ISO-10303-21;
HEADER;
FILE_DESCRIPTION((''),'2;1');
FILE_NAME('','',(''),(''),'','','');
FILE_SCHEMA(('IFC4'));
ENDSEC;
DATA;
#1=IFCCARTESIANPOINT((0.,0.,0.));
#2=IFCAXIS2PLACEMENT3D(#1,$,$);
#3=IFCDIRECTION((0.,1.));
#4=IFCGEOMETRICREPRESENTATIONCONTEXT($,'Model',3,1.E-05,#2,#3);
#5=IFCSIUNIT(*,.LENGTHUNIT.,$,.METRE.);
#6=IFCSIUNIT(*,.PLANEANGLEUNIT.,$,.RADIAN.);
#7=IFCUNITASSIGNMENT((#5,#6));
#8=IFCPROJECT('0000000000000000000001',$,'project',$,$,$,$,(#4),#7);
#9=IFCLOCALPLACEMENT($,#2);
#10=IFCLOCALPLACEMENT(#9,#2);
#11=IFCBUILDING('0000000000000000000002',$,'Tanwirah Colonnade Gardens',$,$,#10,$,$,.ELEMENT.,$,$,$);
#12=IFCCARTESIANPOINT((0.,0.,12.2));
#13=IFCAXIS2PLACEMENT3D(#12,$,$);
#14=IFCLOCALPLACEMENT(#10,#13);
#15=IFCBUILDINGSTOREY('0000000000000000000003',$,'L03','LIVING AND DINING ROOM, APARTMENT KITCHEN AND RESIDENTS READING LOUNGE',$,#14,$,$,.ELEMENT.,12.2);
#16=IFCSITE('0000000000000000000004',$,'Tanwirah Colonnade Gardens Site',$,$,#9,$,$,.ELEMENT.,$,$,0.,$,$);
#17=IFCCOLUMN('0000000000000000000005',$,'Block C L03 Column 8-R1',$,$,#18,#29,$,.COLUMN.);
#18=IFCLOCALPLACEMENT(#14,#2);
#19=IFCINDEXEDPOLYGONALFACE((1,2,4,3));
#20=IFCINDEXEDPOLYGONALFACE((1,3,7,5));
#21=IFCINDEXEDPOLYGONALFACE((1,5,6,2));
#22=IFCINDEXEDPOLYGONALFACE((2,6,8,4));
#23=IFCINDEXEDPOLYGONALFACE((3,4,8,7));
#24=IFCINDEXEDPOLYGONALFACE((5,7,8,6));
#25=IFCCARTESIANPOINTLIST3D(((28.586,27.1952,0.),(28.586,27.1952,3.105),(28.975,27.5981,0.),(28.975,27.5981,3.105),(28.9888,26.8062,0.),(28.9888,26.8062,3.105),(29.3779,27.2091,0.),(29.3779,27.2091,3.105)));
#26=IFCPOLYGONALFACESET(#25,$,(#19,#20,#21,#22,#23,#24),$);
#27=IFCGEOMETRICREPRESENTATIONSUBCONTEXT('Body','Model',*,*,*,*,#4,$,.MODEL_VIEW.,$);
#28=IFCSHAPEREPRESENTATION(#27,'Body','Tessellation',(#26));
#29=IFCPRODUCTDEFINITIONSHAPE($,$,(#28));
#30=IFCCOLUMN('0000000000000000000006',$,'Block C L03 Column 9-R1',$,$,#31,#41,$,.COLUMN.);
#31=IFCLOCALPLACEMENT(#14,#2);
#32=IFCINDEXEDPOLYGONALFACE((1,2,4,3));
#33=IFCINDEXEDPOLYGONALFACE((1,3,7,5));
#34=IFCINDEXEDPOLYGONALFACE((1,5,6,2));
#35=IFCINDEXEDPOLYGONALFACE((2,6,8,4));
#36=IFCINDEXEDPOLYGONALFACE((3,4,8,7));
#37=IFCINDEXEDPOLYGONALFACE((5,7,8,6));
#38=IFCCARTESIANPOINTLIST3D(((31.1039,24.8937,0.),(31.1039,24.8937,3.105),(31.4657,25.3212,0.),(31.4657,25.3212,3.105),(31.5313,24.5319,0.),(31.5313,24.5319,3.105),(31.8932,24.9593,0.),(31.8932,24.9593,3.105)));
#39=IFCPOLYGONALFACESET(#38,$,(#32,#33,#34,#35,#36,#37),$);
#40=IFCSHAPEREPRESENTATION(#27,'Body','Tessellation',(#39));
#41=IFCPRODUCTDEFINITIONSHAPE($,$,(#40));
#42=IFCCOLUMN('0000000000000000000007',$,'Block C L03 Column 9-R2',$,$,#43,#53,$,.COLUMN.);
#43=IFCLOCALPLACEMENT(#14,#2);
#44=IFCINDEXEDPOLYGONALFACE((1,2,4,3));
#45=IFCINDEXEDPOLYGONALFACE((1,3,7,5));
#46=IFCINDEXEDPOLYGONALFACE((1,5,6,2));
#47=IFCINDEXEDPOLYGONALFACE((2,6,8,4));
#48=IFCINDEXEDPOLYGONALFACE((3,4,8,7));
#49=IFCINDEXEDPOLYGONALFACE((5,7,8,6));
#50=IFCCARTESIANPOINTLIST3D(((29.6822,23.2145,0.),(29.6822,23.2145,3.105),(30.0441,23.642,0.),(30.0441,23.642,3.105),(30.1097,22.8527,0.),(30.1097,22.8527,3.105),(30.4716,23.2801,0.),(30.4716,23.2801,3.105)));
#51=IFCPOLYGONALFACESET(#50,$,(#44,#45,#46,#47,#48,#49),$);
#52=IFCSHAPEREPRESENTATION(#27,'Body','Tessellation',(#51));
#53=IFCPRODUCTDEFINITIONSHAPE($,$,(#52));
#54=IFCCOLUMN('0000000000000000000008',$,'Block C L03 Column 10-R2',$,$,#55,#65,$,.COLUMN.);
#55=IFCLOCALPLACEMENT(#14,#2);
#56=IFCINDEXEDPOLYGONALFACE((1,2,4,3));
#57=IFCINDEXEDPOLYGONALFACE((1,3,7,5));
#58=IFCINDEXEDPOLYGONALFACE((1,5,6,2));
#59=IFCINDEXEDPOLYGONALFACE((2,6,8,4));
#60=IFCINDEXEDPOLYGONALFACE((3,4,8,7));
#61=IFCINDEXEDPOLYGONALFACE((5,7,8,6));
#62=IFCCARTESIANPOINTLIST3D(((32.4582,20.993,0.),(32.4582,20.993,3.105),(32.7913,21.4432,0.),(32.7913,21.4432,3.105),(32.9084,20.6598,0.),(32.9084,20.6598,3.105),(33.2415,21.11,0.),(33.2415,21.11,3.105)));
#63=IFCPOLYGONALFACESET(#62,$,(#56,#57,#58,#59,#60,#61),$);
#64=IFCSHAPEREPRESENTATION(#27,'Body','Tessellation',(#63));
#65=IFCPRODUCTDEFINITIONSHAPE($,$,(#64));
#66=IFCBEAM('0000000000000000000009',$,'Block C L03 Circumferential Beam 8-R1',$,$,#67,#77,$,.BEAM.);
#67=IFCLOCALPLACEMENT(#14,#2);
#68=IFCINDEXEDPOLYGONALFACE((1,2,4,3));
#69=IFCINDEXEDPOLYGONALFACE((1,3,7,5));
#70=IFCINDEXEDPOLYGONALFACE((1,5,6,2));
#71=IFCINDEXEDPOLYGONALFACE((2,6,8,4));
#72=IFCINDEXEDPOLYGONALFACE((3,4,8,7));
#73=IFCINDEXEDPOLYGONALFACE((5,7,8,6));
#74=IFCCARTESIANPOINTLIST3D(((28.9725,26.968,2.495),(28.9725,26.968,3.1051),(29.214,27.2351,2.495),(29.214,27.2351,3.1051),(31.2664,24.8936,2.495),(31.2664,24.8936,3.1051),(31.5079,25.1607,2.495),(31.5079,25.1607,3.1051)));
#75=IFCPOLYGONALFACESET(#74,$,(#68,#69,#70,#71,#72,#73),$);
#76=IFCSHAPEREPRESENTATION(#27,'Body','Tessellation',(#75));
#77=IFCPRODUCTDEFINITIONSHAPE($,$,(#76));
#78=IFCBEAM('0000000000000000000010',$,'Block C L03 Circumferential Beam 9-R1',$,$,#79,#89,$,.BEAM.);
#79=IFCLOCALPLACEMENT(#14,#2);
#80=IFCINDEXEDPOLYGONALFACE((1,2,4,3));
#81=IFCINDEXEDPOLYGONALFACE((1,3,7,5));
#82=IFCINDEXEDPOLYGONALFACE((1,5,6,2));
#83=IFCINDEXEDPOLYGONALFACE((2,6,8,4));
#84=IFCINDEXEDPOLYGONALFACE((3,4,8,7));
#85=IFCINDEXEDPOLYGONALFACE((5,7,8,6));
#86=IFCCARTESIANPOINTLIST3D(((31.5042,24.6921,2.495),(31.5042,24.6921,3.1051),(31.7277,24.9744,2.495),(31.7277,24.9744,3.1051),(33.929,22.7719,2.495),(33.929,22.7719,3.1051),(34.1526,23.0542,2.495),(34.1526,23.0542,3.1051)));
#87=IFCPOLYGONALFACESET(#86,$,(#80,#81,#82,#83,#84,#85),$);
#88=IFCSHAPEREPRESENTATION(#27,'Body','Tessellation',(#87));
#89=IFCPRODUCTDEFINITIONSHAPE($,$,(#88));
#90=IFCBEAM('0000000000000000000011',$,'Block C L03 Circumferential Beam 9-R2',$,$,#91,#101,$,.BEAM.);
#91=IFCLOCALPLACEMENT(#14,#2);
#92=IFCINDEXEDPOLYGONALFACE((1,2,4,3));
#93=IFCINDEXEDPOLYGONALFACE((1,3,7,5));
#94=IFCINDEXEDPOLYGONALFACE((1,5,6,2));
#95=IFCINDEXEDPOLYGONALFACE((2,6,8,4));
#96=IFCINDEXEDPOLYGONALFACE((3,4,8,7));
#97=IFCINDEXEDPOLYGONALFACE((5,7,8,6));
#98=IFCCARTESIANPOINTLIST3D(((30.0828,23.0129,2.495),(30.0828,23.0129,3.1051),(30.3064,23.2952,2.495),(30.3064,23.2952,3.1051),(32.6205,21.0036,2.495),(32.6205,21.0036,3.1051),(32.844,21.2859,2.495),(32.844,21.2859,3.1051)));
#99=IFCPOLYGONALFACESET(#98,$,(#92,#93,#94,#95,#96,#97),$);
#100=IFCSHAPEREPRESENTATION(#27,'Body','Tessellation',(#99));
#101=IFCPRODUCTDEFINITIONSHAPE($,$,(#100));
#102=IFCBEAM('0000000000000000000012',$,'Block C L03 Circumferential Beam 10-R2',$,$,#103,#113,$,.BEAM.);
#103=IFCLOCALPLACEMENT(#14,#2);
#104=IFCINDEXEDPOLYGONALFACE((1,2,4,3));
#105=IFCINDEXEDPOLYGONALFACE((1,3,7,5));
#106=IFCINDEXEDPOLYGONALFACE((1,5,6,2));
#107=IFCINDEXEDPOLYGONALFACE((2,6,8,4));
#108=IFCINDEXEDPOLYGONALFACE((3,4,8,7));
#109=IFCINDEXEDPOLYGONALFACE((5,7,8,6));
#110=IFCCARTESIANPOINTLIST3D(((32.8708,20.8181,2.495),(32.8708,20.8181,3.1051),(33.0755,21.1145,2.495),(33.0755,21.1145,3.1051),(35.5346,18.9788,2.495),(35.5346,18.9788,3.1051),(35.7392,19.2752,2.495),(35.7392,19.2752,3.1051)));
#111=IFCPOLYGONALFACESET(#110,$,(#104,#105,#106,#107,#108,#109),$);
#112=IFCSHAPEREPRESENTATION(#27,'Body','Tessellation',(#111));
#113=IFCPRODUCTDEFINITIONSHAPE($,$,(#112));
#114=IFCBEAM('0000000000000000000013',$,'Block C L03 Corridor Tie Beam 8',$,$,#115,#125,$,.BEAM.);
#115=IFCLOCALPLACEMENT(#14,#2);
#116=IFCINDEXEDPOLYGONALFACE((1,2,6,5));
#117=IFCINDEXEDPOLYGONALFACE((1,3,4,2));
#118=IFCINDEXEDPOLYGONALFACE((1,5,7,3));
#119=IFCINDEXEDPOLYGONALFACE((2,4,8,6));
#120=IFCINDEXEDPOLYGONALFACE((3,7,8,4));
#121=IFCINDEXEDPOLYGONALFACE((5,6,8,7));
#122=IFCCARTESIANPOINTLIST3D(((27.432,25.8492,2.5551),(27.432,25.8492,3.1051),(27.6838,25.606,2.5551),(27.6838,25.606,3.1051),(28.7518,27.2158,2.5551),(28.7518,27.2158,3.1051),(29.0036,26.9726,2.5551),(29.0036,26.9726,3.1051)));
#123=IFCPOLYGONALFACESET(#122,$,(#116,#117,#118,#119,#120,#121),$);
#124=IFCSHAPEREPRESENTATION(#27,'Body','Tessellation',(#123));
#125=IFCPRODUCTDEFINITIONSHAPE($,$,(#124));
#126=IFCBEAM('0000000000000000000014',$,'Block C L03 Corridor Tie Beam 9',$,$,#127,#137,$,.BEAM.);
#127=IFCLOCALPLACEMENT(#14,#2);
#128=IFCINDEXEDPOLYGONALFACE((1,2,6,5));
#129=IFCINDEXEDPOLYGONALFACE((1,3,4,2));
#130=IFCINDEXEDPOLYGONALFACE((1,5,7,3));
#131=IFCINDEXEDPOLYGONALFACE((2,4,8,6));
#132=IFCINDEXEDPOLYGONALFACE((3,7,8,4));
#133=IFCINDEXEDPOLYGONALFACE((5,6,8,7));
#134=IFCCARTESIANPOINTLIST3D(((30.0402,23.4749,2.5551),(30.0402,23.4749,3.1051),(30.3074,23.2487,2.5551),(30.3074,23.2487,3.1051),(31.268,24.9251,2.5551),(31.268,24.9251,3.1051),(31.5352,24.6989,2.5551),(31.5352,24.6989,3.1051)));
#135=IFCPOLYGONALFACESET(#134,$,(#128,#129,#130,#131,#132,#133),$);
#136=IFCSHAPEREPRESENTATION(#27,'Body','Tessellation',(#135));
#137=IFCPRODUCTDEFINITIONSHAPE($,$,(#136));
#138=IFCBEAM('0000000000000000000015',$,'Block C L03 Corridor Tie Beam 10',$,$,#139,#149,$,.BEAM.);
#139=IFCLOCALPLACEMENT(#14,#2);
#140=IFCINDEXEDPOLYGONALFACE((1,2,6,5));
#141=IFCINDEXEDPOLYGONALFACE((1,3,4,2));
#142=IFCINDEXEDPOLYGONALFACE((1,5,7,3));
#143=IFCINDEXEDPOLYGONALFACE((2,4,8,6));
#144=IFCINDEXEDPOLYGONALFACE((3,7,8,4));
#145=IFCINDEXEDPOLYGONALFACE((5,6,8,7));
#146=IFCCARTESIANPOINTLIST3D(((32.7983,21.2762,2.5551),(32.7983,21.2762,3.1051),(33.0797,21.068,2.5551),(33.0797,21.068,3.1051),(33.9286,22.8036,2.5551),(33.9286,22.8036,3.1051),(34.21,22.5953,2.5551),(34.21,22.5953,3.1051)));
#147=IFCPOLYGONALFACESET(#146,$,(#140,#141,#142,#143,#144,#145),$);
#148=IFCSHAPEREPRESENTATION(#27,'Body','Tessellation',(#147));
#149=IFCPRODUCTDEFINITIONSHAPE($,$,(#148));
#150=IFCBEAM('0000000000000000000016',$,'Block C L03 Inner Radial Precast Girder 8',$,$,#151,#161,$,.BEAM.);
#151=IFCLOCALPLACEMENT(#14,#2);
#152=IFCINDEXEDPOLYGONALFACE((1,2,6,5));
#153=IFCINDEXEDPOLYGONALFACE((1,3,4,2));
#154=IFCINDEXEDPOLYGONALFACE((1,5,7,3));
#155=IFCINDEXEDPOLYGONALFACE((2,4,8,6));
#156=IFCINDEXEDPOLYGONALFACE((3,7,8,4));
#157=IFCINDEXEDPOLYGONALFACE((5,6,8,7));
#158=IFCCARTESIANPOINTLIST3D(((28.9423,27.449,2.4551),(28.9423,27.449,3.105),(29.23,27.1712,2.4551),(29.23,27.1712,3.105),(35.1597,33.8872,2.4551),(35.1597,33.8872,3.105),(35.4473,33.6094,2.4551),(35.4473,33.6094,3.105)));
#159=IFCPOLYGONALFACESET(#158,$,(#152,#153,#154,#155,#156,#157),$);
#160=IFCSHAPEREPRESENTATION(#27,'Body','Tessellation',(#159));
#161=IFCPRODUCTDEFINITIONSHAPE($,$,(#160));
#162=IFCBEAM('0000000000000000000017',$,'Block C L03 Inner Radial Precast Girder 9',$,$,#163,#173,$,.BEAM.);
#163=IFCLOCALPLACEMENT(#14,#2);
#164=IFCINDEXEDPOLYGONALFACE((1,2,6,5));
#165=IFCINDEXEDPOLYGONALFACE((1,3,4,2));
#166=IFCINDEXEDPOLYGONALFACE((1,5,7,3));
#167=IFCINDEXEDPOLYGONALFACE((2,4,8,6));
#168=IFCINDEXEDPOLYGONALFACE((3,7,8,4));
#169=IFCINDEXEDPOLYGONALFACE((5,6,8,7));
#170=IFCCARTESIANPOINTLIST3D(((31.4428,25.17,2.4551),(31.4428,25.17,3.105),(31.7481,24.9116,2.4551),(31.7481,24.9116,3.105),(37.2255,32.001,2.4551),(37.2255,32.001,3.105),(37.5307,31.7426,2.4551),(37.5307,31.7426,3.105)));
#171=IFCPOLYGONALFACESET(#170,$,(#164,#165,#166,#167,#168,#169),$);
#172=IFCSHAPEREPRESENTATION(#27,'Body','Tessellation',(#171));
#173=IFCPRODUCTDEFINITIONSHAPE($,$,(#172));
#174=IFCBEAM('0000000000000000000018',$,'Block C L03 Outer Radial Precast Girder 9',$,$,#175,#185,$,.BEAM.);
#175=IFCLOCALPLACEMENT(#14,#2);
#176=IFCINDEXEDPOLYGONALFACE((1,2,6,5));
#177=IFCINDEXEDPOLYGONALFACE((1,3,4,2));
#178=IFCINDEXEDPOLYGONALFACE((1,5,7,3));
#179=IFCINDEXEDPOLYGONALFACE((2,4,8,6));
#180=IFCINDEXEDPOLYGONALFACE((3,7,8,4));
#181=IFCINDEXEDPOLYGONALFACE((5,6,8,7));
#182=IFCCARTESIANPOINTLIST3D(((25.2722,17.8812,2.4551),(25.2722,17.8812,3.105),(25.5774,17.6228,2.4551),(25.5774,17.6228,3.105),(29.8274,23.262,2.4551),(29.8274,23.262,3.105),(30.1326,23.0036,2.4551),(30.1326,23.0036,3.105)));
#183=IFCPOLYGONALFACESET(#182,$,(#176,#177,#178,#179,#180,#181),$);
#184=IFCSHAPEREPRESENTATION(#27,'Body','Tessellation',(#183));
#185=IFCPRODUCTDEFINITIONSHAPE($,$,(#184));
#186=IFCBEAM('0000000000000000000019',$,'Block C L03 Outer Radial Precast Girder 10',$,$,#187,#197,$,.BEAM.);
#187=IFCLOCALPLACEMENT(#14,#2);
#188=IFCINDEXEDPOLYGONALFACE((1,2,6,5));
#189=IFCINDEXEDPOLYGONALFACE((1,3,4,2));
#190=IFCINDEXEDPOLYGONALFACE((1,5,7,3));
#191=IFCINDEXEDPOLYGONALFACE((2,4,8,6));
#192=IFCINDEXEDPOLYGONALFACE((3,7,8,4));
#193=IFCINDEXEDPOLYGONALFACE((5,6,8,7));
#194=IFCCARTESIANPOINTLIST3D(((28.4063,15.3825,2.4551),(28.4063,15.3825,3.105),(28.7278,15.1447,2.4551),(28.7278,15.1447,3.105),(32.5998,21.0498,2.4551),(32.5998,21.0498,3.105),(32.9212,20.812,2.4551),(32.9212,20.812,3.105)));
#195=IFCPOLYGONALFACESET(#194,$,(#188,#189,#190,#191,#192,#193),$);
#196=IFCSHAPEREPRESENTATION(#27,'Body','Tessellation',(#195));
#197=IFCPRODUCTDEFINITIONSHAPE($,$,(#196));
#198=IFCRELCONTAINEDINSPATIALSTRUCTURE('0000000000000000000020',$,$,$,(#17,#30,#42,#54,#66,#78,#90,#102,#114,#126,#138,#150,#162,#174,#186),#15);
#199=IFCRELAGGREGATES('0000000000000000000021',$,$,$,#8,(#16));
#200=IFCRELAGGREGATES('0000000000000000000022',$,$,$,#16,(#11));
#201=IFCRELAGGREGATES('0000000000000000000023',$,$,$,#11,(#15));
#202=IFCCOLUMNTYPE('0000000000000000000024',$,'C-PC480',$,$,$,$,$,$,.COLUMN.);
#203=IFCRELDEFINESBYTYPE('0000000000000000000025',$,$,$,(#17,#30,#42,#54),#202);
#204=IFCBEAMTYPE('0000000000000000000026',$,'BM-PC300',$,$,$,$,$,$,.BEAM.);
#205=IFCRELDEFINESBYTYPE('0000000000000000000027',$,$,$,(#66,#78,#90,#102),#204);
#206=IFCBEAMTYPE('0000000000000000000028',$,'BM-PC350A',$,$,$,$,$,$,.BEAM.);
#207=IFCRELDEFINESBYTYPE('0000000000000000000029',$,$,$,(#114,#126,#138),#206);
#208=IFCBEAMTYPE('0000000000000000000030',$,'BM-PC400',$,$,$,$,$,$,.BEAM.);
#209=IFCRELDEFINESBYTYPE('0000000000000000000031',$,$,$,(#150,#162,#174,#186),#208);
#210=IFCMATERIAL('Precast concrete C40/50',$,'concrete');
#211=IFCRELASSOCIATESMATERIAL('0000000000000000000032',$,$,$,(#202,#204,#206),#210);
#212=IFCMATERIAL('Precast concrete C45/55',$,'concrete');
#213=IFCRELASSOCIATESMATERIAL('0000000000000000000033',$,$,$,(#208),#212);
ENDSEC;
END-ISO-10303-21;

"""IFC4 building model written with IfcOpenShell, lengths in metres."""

from ifc_helpers import new_model, si_unit, direction, frame, origin, origin_2d, place, context, subcontext, project, spatial, rectangle, extrude, material, material_profile, profile_set, type_object, element, save


model = new_model("IFC4")

# Units and contexts
model_context = context("Model", 3, precision=1e-05, world=origin(), true_north=direction((0.0, 1.0)))
body_context = subcontext(model_context, "Body", "Model", "MODEL_VIEW")
ifc_project = project(units=[si_unit("LENGTHUNIT", "METRE"), si_unit("PLANEANGLEUNIT", "RADIAN")], contexts=[model_context])

# Site, building, storey
site_placement = place(None, origin())
site = spatial("IfcSite", under=ifc_project, at=site_placement, Name="Tanwirah Colonnade Gardens Site", CompositionType="ELEMENT", RefElevation=0.0)
building_placement = place(site_placement, origin())
building = spatial("IfcBuilding", under=site, at=building_placement, Name="Tanwirah Colonnade Gardens", CompositionType="ELEMENT")
storey_placement = place(building_placement, frame((0.0, 0.0, 12.2)))
storey = spatial("IfcBuildingStorey", under=building, at=storey_placement, Name="L03", Description="LIVING AND DINING ROOM, APARTMENT KITCHEN AND RESIDENTS READING LOUNGE", CompositionType="ELEMENT", Elevation=12.2)

# Columns
ifc_material_1 = material(Name="Precast concrete C40/50", Category="concrete")
ifc_material_profile_1 = material_profile(ifc_material_1, rectangle(XDim=0.5601, YDim=0.5601, at=origin_2d()), Name="PC-COL 560x560")
ifc_profile_set_1 = profile_set([ifc_material_profile_1], Name="Precast concrete C40/50")
column_type = type_object("IfcColumnType", Name="C-PC480", PredefinedType="COLUMN", material=ifc_profile_set_1)
for number, where, z_axis, x_axis, name in (
    (1, (28.9819, 27.2021, 0.0), (0.0, 0.0, 1.0), (-0.694658, -0.71934, 0.0), "Block C L03 Column 8-R1"),
    (2, (31.4985, 24.9265, 0.0), (0.0, 0.0, 1.0), (-0.646124, -0.763232, 0.0), "Block C L03 Column 9-R1"),
    (3, (30.0769, 23.2473, 0.0), (0.0, 0.0, 1.0), (-0.646124, -0.763232, 0.0), "Block C L03 Column 9-R2"),
    (4, (32.8499, 21.0515, 0.0), (0.0, 0.0, 1.0), (-0.594823, -0.803857, 0.0), "Block C L03 Column 10-R2"),
):
    element("IfcColumn", number, at=place(storey_placement, frame(where, z_axis=z_axis, x_axis=x_axis)), inside=storey, type_object=column_type, Name=name, PredefinedType="COLUMN", context=body_context, shape_type="SweptSolid", body=[
        extrude(rectangle(XDim=0.5601, YDim=0.5601, at=origin_2d()), origin(), (0.0, 0.0, 1.0), 3.105),
    ])

# Beams
ifc_material_profile_2 = material_profile(ifc_material_1, rectangle(XDim=0.3601, YDim=0.6101, at=origin_2d()), Name="PC-BM 360x610")
ifc_profile_set_2 = profile_set([ifc_material_profile_2], Name="Precast concrete C40/50")
beam_type_1 = type_object("IfcBeamType", Name="BM-PC300", PredefinedType="BEAM", material=ifc_profile_set_2)
beam_1_placement = place(storey_placement, frame((29.0933, 27.1016, 2.8), z_axis=(0.741698, -0.670733, 0.0), x_axis=(0.670733, 0.741698, 0.0)))
element("IfcBeam", 5, at=beam_1_placement, inside=storey, type_object=beam_type_1, Name="Block C L03 Circumferential Beam 8-R1", PredefinedType="BEAM", context=body_context, shape_type="SweptSolid", body=[
    extrude(rectangle(XDim=0.3601, YDim=0.6101, at=origin_2d()), origin(), (0.0, 0.0, 1.0), 3.0928),
])
beam_2_placement = place(storey_placement, frame((31.616, 24.8333, 2.8), z_axis=(0.783963, -0.620808, 0.0), x_axis=(0.620808, 0.783963, 0.0)))
element("IfcBeam", 6, at=beam_2_placement, inside=storey, type_object=beam_type_1, Name="Block C L03 Circumferential Beam 9-R1", PredefinedType="BEAM", context=body_context, shape_type="SweptSolid", body=[
    extrude(rectangle(XDim=0.3601, YDim=0.6101, at=origin_2d()), origin(), (0.0, 0.0, 1.0), 3.093),
])
beam_3_placement = place(storey_placement, frame((30.1946, 23.1541, 2.8), z_axis=(0.783994, -0.620769, 0.0), x_axis=(0.620769, 0.783994, 0.0)))
element("IfcBeam", 7, at=beam_3_placement, inside=storey, type_object=beam_type_1, Name="Block C L03 Circumferential Beam 9-R2", PredefinedType="BEAM", context=body_context, shape_type="SweptSolid", body=[
    extrude(rectangle(XDim=0.3601, YDim=0.6101, at=origin_2d()), origin(), (0.0, 0.0, 1.0), 3.2368),
])
beam_4_placement = place(storey_placement, frame((32.9731, 20.9663, 2.8), z_axis=(0.822889, -0.568202, 0.0), x_axis=(0.568202, 0.822889, 0.0)))
element("IfcBeam", 8, at=beam_4_placement, inside=storey, type_object=beam_type_1, Name="Block C L03 Circumferential Beam 10-R2", PredefinedType="BEAM", context=body_context, shape_type="SweptSolid", body=[
    extrude(rectangle(XDim=0.3601, YDim=0.6101, at=origin_2d()), origin(), (0.0, 0.0, 1.0), 3.2371),
])
ifc_material_profile_3 = material_profile(ifc_material_1, rectangle(XDim=0.3501, YDim=0.55, at=origin_2d()), Name="PC-BM 350x550")
ifc_profile_set_3 = profile_set([ifc_material_profile_3], Name="Precast concrete C40/50")
beam_type_2 = type_object("IfcBeamType", Name="BM-PC350A", PredefinedType="BEAM", material=ifc_profile_set_3)
beam_5_placement = place(storey_placement, frame((28.8777, 27.0942, 2.8301), z_axis=(-0.694663, -0.719335, 0.0), x_axis=(0.719335, -0.694663, 0.0)))
element("IfcBeam", 9, at=beam_5_placement, inside=storey, type_object=beam_type_2, Name="Block C L03 Corridor Tie Beam 8", PredefinedType="BEAM", context=body_context, shape_type="SweptSolid", body=[
    extrude(rectangle(XDim=0.3501, YDim=0.55, at=origin_2d()), origin(), (0.0, 0.0, 1.0), 1.8999),
])
for number, where, z_axis, x_axis, name in (
    (10, (31.4016, 24.812, 2.8301), (-0.646155, -0.763206, 0.0), (0.763206, -0.646155, 0.0), "Block C L03 Corridor Tie Beam 9"),
    (11, (34.0693, 22.6995, 2.8301), (-0.594889, -0.803807, 0.0), (0.803807, -0.594889, 0.0), "Block C L03 Corridor Tie Beam 10"),
):
    element("IfcBeam", number, at=place(storey_placement, frame(where, z_axis=z_axis, x_axis=x_axis)), inside=storey, type_object=beam_type_2, Name=name, PredefinedType="BEAM", context=body_context, shape_type="SweptSolid", body=[
        extrude(rectangle(XDim=0.3501, YDim=0.55, at=origin_2d()), origin(), (0.0, 0.0, 1.0), 1.9001),
    ])
ifc_material_2 = material(Name="Precast concrete C45/55", Category="concrete")
ifc_material_profile_4 = material_profile(ifc_material_2, rectangle(XDim=0.3999, YDim=0.6499, at=origin_2d()), Name="PC-BM 400x650")
ifc_profile_set_4 = profile_set([ifc_material_profile_4], Name="Precast concrete C45/55")
beam_type_3 = type_object("IfcBeamType", Name="BM-PC400", PredefinedType="BEAM", material=ifc_profile_set_4)
beam_6_placement = place(storey_placement, frame((29.0862, 27.3101, 2.78), z_axis=(0.694656, 0.719342, 0.0), x_axis=(-0.719342, 0.694656, 0.0)))
element("IfcBeam", 12, at=beam_6_placement, inside=storey, type_object=beam_type_3, Name="Block C L03 Inner Radial Precast Girder 8", PredefinedType="BEAM", context=body_context, shape_type="SweptSolid", body=[
    extrude(rectangle(XDim=0.3999, YDim=0.6499, at=origin_2d()), origin(), (0.0, 0.0, 1.0), 8.9502),
])
beam_7_placement = place(storey_placement, frame((31.5955, 25.0408, 2.78), z_axis=(0.646111, 0.763243, 0.0), x_axis=(-0.763243, 0.646111, 0.0)))
element("IfcBeam", 13, at=beam_7_placement, inside=storey, type_object=beam_type_3, Name="Block C L03 Inner Radial Precast Girder 9", PredefinedType="BEAM", context=body_context, shape_type="SweptSolid", body=[
    extrude(rectangle(XDim=0.3999, YDim=0.6499, at=origin_2d()), origin(), (0.0, 0.0, 1.0), 8.95),
])
for number, where, z_axis, x_axis, name in (
    (14, (29.98, 23.1328, 2.78), (-0.646119, -0.763237, 0.0), (0.763237, -0.646119, 0.0), "Block C L03 Outer Radial Precast Girder 9"),
    (15, (32.7605, 20.9309, 2.78), (-0.594807, -0.803869, 0.0), (0.803869, -0.594807, 0.0), "Block C L03 Outer Radial Precast Girder 10"),
):
    element("IfcBeam", number, at=place(storey_placement, frame(where, z_axis=z_axis, x_axis=x_axis)), inside=storey, type_object=beam_type_3, Name=name, PredefinedType="BEAM", context=body_context, shape_type="SweptSolid", body=[
        extrude(rectangle(XDim=0.3999, YDim=0.6499, at=origin_2d()), origin(), (0.0, 0.0, 1.0), 7.05),
    ])

save(model, "model.ifc")
